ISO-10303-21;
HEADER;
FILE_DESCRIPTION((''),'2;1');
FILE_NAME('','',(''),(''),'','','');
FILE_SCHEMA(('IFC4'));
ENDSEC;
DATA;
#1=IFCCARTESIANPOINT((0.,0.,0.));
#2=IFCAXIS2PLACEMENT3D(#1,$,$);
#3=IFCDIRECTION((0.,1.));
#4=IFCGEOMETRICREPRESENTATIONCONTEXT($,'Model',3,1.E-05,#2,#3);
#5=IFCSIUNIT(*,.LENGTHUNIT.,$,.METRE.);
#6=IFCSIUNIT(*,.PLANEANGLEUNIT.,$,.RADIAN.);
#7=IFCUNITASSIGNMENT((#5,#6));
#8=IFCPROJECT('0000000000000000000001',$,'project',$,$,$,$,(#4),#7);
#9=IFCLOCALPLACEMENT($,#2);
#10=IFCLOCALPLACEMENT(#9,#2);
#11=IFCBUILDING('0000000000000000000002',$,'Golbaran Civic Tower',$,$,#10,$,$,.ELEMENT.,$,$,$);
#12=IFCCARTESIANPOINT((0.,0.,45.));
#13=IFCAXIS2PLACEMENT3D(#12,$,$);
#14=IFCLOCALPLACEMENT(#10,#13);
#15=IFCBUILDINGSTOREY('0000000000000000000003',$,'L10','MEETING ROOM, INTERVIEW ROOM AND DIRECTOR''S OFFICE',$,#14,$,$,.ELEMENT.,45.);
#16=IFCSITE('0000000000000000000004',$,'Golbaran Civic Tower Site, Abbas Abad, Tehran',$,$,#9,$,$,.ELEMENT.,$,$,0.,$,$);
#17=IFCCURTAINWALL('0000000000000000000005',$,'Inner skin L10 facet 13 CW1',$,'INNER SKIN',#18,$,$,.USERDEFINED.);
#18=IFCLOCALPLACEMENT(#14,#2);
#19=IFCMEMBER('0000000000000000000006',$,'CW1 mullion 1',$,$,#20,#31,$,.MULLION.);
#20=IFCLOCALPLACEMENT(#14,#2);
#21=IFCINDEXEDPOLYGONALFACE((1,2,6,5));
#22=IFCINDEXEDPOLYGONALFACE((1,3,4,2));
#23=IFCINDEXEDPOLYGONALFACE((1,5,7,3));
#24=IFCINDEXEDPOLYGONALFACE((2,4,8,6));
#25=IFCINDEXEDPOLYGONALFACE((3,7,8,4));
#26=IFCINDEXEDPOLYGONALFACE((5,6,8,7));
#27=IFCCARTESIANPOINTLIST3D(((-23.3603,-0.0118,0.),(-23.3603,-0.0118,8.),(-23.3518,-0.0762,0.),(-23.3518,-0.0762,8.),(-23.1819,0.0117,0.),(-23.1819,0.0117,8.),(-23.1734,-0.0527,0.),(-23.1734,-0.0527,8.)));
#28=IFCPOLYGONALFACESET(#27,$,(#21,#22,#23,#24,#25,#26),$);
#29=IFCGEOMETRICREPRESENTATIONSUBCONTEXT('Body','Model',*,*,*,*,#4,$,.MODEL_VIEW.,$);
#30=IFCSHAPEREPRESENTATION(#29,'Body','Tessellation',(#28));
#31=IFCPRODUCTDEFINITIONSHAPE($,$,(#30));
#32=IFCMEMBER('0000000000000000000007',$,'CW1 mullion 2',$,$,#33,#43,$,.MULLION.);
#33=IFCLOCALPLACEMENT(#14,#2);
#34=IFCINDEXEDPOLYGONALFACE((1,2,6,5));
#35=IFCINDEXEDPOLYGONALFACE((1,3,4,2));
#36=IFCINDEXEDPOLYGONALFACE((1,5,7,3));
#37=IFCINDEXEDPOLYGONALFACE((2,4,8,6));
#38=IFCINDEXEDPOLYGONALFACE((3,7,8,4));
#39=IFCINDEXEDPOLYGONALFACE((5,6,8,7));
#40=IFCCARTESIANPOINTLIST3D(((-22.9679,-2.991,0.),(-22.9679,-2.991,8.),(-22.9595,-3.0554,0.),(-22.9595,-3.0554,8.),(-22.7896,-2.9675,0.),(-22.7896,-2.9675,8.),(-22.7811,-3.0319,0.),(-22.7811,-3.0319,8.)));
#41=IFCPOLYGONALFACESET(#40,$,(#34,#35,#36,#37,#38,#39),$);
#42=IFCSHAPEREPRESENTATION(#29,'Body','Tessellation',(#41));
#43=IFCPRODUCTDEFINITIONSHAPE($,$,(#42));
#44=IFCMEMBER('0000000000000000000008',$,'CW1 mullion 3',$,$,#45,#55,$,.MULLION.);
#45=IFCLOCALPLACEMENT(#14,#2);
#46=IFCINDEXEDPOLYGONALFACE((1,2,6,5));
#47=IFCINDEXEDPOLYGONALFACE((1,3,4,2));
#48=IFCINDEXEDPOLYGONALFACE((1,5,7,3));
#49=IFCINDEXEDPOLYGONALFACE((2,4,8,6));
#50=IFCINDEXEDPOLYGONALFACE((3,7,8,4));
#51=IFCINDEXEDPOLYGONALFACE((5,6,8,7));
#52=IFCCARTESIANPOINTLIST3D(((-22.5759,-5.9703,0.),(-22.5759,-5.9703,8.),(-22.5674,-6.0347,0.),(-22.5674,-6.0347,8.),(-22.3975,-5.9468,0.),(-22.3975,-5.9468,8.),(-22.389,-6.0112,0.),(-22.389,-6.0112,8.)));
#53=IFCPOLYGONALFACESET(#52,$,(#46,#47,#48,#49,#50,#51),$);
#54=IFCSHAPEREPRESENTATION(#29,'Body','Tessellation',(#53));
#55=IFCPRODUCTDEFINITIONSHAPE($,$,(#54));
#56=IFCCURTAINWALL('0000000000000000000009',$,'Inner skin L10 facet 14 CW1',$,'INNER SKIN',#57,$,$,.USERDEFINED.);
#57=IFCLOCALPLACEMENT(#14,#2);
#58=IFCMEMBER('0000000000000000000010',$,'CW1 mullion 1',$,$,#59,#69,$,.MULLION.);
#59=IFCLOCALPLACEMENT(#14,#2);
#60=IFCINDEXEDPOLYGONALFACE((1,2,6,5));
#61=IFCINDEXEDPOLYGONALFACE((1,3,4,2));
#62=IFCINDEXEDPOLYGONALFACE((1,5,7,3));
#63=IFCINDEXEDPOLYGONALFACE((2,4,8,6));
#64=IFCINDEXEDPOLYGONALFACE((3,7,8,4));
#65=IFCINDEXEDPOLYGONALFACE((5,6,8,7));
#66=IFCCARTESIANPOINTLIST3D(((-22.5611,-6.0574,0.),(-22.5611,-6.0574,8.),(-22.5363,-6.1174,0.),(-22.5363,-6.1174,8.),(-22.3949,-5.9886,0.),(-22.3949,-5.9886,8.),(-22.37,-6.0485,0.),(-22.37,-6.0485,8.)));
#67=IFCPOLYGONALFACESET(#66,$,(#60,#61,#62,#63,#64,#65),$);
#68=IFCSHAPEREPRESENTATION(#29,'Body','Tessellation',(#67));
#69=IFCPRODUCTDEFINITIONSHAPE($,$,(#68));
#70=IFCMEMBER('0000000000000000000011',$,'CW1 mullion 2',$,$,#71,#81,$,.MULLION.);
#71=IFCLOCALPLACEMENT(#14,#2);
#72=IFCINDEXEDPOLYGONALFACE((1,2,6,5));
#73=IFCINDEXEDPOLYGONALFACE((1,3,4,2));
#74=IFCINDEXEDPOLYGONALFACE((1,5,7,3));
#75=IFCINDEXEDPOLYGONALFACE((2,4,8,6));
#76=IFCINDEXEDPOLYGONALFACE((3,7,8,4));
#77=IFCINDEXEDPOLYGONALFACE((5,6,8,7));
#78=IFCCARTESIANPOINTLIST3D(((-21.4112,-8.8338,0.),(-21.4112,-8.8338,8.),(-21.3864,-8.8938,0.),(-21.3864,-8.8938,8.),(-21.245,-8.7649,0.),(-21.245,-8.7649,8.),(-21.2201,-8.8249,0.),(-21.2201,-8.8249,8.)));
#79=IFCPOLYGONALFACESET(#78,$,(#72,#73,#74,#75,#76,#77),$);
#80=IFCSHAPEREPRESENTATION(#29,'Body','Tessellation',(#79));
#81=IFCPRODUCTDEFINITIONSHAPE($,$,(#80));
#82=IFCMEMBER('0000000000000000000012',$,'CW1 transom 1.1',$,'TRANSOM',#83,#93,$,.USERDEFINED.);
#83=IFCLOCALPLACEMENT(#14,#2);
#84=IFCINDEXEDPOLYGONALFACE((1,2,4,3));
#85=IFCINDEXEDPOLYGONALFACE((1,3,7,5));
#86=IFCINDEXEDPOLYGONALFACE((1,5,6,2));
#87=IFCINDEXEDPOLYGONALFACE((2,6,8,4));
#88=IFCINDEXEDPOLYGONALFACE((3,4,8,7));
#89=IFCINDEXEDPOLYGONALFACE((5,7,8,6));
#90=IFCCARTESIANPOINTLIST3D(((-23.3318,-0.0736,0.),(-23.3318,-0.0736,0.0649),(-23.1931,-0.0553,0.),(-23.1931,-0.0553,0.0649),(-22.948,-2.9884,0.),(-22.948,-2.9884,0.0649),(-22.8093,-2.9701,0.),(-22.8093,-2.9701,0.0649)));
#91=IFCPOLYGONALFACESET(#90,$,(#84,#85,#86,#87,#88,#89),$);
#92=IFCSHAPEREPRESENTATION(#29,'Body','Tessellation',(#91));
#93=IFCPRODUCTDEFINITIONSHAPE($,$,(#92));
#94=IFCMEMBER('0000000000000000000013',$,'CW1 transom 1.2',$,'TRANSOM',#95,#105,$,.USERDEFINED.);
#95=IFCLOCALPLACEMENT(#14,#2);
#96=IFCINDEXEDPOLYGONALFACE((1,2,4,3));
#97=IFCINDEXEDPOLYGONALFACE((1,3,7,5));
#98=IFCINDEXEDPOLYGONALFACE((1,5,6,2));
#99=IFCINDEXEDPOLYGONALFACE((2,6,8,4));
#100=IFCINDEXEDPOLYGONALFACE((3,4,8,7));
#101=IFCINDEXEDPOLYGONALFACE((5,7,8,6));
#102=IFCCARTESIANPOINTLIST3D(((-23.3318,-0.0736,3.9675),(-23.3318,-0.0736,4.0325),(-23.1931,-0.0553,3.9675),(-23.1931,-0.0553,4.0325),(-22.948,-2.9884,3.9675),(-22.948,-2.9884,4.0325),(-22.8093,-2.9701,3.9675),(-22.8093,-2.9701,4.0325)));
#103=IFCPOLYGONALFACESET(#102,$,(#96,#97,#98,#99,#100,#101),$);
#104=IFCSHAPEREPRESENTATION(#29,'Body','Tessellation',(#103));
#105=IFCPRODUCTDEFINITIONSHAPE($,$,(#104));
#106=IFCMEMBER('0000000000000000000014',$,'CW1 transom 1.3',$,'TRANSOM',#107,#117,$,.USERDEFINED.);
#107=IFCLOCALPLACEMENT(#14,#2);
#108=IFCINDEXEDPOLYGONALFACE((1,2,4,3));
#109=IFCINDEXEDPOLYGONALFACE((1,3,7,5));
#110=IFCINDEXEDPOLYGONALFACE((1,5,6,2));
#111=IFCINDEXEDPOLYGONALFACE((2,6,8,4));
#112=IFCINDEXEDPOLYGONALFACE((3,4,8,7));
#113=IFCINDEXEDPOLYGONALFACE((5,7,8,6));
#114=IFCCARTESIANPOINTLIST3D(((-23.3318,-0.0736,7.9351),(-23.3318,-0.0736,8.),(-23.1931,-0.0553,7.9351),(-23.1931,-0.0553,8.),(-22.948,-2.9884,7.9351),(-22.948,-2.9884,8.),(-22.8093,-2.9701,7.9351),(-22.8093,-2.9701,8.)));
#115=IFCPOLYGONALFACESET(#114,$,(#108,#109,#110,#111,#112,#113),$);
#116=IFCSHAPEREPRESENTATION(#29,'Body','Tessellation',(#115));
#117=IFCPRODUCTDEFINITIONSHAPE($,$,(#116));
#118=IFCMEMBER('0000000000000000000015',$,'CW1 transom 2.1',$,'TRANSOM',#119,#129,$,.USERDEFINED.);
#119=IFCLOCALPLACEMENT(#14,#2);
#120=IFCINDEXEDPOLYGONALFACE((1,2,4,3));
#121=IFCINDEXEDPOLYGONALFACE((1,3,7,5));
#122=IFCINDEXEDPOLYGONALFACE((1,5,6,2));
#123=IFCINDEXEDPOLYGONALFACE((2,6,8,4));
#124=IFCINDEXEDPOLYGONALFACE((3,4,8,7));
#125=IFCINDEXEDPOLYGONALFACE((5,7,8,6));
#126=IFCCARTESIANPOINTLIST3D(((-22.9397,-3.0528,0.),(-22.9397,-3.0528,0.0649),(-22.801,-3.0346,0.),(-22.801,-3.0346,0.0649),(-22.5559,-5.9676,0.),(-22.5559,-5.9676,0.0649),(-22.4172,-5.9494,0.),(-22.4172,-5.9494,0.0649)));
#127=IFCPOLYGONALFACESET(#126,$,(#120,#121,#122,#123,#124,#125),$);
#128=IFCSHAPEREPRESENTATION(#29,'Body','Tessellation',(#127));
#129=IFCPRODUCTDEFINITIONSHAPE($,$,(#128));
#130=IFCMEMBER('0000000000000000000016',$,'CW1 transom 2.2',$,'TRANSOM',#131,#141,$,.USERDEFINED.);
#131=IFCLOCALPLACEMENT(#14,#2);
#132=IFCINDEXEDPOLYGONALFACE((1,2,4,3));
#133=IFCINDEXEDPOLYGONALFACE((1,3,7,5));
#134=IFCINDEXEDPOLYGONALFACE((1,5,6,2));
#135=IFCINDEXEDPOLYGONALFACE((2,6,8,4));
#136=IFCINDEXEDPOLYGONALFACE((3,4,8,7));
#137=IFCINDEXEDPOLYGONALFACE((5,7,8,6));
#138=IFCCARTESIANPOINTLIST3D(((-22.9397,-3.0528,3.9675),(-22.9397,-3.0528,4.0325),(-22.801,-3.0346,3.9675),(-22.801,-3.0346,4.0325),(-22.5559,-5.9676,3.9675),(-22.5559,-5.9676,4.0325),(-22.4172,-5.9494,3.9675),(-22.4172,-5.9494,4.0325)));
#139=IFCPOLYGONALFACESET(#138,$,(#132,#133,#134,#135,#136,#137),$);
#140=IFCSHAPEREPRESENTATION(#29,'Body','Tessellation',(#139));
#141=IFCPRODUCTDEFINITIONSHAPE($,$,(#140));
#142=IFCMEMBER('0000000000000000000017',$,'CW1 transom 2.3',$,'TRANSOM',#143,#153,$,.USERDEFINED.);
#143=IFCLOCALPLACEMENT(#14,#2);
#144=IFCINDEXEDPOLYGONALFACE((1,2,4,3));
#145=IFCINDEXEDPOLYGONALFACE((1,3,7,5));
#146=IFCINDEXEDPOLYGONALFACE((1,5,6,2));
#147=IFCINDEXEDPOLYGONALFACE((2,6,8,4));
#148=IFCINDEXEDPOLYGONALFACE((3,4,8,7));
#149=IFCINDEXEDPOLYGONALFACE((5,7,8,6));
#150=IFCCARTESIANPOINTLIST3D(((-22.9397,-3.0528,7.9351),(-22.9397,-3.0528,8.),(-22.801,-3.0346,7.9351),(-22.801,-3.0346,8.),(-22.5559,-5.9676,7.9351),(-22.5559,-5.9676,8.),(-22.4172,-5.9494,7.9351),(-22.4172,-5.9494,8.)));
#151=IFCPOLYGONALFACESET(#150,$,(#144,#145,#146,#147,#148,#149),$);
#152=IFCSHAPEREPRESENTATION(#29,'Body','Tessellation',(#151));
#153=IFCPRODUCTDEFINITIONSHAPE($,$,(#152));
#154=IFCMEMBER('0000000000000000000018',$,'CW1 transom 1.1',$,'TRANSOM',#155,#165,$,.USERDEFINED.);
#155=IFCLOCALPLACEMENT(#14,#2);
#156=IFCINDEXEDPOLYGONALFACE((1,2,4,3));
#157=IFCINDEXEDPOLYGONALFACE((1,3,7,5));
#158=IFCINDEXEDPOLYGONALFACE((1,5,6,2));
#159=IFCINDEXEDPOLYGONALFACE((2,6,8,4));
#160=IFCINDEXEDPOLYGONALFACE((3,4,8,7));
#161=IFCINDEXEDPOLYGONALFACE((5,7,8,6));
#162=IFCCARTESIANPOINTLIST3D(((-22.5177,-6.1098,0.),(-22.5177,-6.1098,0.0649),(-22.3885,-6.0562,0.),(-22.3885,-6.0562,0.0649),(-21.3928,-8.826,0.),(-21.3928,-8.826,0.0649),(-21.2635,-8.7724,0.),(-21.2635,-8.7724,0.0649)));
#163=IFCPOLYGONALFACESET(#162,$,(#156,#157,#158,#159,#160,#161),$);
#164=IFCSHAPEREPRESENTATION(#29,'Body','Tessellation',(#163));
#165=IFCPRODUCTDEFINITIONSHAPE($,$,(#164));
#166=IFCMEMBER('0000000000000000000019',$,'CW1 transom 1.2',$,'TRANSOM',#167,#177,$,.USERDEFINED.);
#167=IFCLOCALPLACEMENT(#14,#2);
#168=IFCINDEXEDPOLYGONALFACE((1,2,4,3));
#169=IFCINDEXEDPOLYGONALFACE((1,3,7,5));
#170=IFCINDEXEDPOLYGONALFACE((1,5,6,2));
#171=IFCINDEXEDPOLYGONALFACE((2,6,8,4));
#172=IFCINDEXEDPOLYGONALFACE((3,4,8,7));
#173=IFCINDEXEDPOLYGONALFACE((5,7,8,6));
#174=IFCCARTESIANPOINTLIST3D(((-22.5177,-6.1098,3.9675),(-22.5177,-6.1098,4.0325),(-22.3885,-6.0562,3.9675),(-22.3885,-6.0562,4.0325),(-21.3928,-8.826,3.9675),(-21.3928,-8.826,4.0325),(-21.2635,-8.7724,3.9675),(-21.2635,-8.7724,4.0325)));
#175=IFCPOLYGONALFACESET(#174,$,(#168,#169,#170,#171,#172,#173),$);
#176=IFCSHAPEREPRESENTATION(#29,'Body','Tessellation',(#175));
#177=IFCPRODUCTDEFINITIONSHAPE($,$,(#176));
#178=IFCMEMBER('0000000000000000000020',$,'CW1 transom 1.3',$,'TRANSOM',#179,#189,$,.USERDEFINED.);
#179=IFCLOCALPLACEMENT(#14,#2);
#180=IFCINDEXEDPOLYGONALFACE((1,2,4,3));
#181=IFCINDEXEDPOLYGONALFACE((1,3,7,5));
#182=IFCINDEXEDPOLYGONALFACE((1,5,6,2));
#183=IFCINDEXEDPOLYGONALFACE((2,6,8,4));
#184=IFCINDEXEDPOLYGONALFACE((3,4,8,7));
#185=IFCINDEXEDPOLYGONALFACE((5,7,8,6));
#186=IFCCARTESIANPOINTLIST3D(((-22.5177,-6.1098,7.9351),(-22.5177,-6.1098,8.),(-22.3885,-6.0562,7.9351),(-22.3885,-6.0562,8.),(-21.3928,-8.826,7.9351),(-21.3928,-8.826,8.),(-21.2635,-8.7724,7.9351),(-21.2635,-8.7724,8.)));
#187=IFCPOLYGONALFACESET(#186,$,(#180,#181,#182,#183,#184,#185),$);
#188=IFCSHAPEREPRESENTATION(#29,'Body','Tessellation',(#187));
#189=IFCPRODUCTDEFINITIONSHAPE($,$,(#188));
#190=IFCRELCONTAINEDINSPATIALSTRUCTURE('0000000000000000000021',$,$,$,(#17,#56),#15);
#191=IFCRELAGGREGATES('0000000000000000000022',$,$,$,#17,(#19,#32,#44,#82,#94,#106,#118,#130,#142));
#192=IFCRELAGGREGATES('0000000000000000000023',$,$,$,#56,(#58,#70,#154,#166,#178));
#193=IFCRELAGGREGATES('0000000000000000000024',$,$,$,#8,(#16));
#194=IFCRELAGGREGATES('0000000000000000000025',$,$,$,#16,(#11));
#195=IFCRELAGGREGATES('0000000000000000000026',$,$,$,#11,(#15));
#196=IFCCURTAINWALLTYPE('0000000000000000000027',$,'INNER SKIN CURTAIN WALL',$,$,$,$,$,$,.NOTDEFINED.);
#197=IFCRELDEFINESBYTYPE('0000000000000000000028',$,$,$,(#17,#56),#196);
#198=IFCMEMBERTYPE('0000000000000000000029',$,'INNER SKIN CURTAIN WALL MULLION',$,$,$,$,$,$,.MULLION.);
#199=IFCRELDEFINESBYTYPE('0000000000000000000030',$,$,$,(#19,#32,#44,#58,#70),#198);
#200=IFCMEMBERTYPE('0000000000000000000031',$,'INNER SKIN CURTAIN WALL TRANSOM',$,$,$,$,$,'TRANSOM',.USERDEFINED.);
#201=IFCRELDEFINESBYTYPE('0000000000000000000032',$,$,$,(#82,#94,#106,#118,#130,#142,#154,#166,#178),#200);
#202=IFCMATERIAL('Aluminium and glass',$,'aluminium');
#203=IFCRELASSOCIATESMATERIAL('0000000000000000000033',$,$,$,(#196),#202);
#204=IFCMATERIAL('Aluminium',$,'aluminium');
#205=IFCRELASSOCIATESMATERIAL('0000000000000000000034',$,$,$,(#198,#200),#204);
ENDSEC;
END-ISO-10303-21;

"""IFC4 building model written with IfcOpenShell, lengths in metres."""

from ifc_helpers import new_model, si_unit, direction, frame, origin, origin_2d, place, context, subcontext, project, spatial, rectangle, extrude, material, material_profile, profile_set, type_object, element, aggregate, save


model = new_model("IFC4")

# Units and contexts
model_context = context("Model", 3, precision=1e-05, world=origin(), true_north=direction((0.0, 1.0)))
body_context = subcontext(model_context, "Body", "Model", "MODEL_VIEW")
ifc_project = project(units=[si_unit("LENGTHUNIT", "METRE"), si_unit("PLANEANGLEUNIT", "RADIAN")], contexts=[model_context])

# Site, building, storey
site_placement = place(None, origin())
site = spatial("IfcSite", under=ifc_project, at=site_placement, Name="Golbaran Civic Tower Site, Abbas Abad, Tehran", CompositionType="ELEMENT", RefElevation=0.0)
building_placement = place(site_placement, origin())
building = spatial("IfcBuilding", under=site, at=building_placement, Name="Golbaran Civic Tower", CompositionType="ELEMENT")
storey_placement = place(building_placement, frame((0.0, 0.0, 45.0)))
storey = spatial("IfcBuildingStorey", under=building, at=storey_placement, Name="L10", Description="MEETING ROOM, INTERVIEW ROOM AND DIRECTOR'S OFFICE", CompositionType="ELEMENT", Elevation=45.0)

# Curtain walls, members
ifc_material_1 = material(Name="Aluminium and glass", Category="aluminium")
curtain_wall_type = type_object("IfcCurtainWallType", Name="INNER SKIN CURTAIN WALL", PredefinedType="NOTDEFINED", material=ifc_material_1)
curtain_wall_1_placement = place(storey_placement, origin())
curtain_wall_1 = element("IfcCurtainWall", 1, at=curtain_wall_1_placement, inside=storey, type_object=curtain_wall_type, Name="Inner skin L10 facet 13 CW1", ObjectType="INNER SKIN", PredefinedType="USERDEFINED")
ifc_material_2 = material(Name="Aluminium", Category="aluminium")
ifc_material_profile_1 = material_profile(ifc_material_2, rectangle(XDim=0.1799, YDim=0.0649, at=origin_2d()), Name="INNER SKIN CURTAIN WALL MULLION")
ifc_profile_set_1 = profile_set([ifc_material_profile_1], Name="Aluminium")
member_type_1 = type_object("IfcMemberType", Name="INNER SKIN CURTAIN WALL MULLION", PredefinedType="MULLION", material=ifc_profile_set_1)
member_1_placement = place(storey_placement, frame((-23.2668, -0.0322, 0.0), z_axis=(0.0, 0.0, 1.0), x_axis=(0.991445, 0.130526, 0.0)))
member_1 = element("IfcMember", 2, at=member_1_placement, type_object=member_type_1, Name="CW1 mullion 1", PredefinedType="MULLION", context=body_context, shape_type="SweptSolid", body=[
    extrude(rectangle(XDim=0.1799, YDim=0.0649, at=origin_2d()), origin(), (0.0, 0.0, 1.0), 8.0),
])
member_2_placement = place(storey_placement, frame((-22.8745, -3.0115, 0.0), z_axis=(0.0, 0.0, 1.0), x_axis=(0.991445, 0.130526, 0.0)))
member_2 = element("IfcMember", 3, at=member_2_placement, type_object=member_type_1, Name="CW1 mullion 2", PredefinedType="MULLION", context=body_context, shape_type="SweptSolid", body=[
    extrude(rectangle(XDim=0.1799, YDim=0.0649, at=origin_2d()), origin(), (0.0, 0.0, 1.0), 8.0),
])
member_3_placement = place(storey_placement, frame((-22.4824, -5.9907, 0.0), z_axis=(0.0, 0.0, 1.0), x_axis=(0.991445, 0.130526, 0.0)))
member_3 = element("IfcMember", 4, at=member_3_placement, type_object=member_type_1, Name="CW1 mullion 3", PredefinedType="MULLION", context=body_context, shape_type="SweptSolid", body=[
    extrude(rectangle(XDim=0.1799, YDim=0.0649, at=origin_2d()), origin(), (0.0, 0.0, 1.0), 8.0),
])
curtain_wall_2_placement = place(storey_placement, origin())
curtain_wall_2 = element("IfcCurtainWall", 5, at=curtain_wall_2_placement, inside=storey, type_object=curtain_wall_type, Name="Inner skin L10 facet 14 CW1", ObjectType="INNER SKIN", PredefinedType="USERDEFINED")
member_4_placement = place(storey_placement, frame((-22.4656, -6.053, 0.0), z_axis=(0.0, 0.0, 1.0), x_axis=(0.92388, 0.382683, 0.0)))
member_4 = element("IfcMember", 6, at=member_4_placement, type_object=member_type_1, Name="CW1 mullion 1", PredefinedType="MULLION", context=body_context, shape_type="SweptSolid", body=[
    extrude(rectangle(XDim=0.1799, YDim=0.0649, at=origin_2d()), origin(), (0.0, 0.0, 1.0), 8.0),
])
member_5_placement = place(storey_placement, frame((-21.3157, -8.8293, 0.0), z_axis=(0.0, 0.0, 1.0), x_axis=(0.92388, 0.382683, 0.0)))
member_5 = element("IfcMember", 7, at=member_5_placement, type_object=member_type_1, Name="CW1 mullion 2", PredefinedType="MULLION", context=body_context, shape_type="SweptSolid", body=[
    extrude(rectangle(XDim=0.1799, YDim=0.0649, at=origin_2d()), origin(), (0.0, 0.0, 1.0), 8.0),
])

# Members
ifc_material_profile_2 = material_profile(ifc_material_2, rectangle(XDim=0.1399, YDim=0.0649, at=origin_2d()), Name="INNER SKIN CURTAIN WALL TRANSOM")
ifc_profile_set_2 = profile_set([ifc_material_profile_2], Name="Aluminium")
member_type_2 = type_object("IfcMemberType", Name="INNER SKIN CURTAIN WALL TRANSOM", ElementType="TRANSOM", PredefinedType="USERDEFINED", material=ifc_profile_set_2)
member_6_placement = place(storey_placement, frame((-23.2625, -0.0645, 0.0325), z_axis=(0.130543, -0.991443, 0.0), x_axis=(0.991443, 0.130543, 0.0)))
member_6 = element("IfcMember", 8, at=member_6_placement, type_object=member_type_2, Name="CW1 transom 1.1", ObjectType="TRANSOM", PredefinedType="USERDEFINED", context=body_context, shape_type="SweptSolid", body=[
    extrude(rectangle(XDim=0.1399, YDim=0.0649, at=origin_2d()), origin(), (0.0, 0.0, 1.0), 2.9399),
])
member_7_placement = place(storey_placement, frame((-23.2625, -0.0645, 4.0), z_axis=(0.130543, -0.991443, 0.0), x_axis=(0.991443, 0.130543, 0.0)))
member_7 = element("IfcMember", 9, at=member_7_placement, type_object=member_type_2, Name="CW1 transom 1.2", ObjectType="TRANSOM", PredefinedType="USERDEFINED", context=body_context, shape_type="SweptSolid", body=[
    extrude(rectangle(XDim=0.1399, YDim=0.0649, at=origin_2d()), origin(), (0.0, 0.0, 1.0), 2.9399),
])
member_8_placement = place(storey_placement, frame((-23.2625, -0.0645, 7.9675), z_axis=(0.130543, -0.991443, 0.0), x_axis=(0.991443, 0.130543, 0.0)))
member_8 = element("IfcMember", 10, at=member_8_placement, type_object=member_type_2, Name="CW1 transom 1.3", ObjectType="TRANSOM", PredefinedType="USERDEFINED", context=body_context, shape_type="SweptSolid", body=[
    extrude(rectangle(XDim=0.1399, YDim=0.0649, at=origin_2d()), origin(), (0.0, 0.0, 1.0), 2.9399),
])
member_9_placement = place(storey_placement, frame((-22.8704, -3.0437, 0.0325), z_axis=(0.130543, -0.991443, 0.0), x_axis=(0.991443, 0.130543, 0.0)))
member_9 = element("IfcMember", 11, at=member_9_placement, type_object=member_type_2, Name="CW1 transom 2.1", ObjectType="TRANSOM", PredefinedType="USERDEFINED", context=body_context, shape_type="SweptSolid", body=[
    extrude(rectangle(XDim=0.1399, YDim=0.0649, at=origin_2d()), origin(), (0.0, 0.0, 1.0), 2.9399),
])
member_10_placement = place(storey_placement, frame((-22.8704, -3.0437, 4.0), z_axis=(0.130543, -0.991443, 0.0), x_axis=(0.991443, 0.130543, 0.0)))
member_10 = element("IfcMember", 12, at=member_10_placement, type_object=member_type_2, Name="CW1 transom 2.2", ObjectType="TRANSOM", PredefinedType="USERDEFINED", context=body_context, shape_type="SweptSolid", body=[
    extrude(rectangle(XDim=0.1399, YDim=0.0649, at=origin_2d()), origin(), (0.0, 0.0, 1.0), 2.9399),
])
member_11_placement = place(storey_placement, frame((-22.8704, -3.0437, 7.9675), z_axis=(0.130543, -0.991443, 0.0), x_axis=(0.991443, 0.130543, 0.0)))
member_11 = element("IfcMember", 13, at=member_11_placement, type_object=member_type_2, Name="CW1 transom 2.3", ObjectType="TRANSOM", PredefinedType="USERDEFINED", context=body_context, shape_type="SweptSolid", body=[
    extrude(rectangle(XDim=0.1399, YDim=0.0649, at=origin_2d()), origin(), (0.0, 0.0, 1.0), 2.9399),
])
member_12_placement = place(storey_placement, frame((-22.4531, -6.083, 0.0325), z_axis=(0.382645, -0.923895, 0.0), x_axis=(0.923895, 0.382645, 0.0)))
member_12 = element("IfcMember", 14, at=member_12_placement, type_object=member_type_2, Name="CW1 transom 1.1", ObjectType="TRANSOM", PredefinedType="USERDEFINED", context=body_context, shape_type="SweptSolid", body=[
    extrude(rectangle(XDim=0.1399, YDim=0.0649, at=origin_2d()), origin(), (0.0, 0.0, 1.0), 2.9399),
])
member_13_placement = place(storey_placement, frame((-22.4531, -6.083, 4.0), z_axis=(0.382645, -0.923895, 0.0), x_axis=(0.923895, 0.382645, 0.0)))
member_13 = element("IfcMember", 15, at=member_13_placement, type_object=member_type_2, Name="CW1 transom 1.2", ObjectType="TRANSOM", PredefinedType="USERDEFINED", context=body_context, shape_type="SweptSolid", body=[
    extrude(rectangle(XDim=0.1399, YDim=0.0649, at=origin_2d()), origin(), (0.0, 0.0, 1.0), 2.9399),
])
member_14_placement = place(storey_placement, frame((-22.4531, -6.083, 7.9675), z_axis=(0.382645, -0.923895, 0.0), x_axis=(0.923895, 0.382645, 0.0)))
member_14 = element("IfcMember", 16, at=member_14_placement, type_object=member_type_2, Name="CW1 transom 1.3", ObjectType="TRANSOM", PredefinedType="USERDEFINED", context=body_context, shape_type="SweptSolid", body=[
    extrude(rectangle(XDim=0.1399, YDim=0.0649, at=origin_2d()), origin(), (0.0, 0.0, 1.0), 2.9399),
])

aggregate(curtain_wall_1, [member_1, member_2, member_3, member_6, member_7, member_8, member_9, member_10, member_11])
aggregate(curtain_wall_2, [member_4, member_5, member_12, member_13, member_14])

save(model, "model.ifc")
